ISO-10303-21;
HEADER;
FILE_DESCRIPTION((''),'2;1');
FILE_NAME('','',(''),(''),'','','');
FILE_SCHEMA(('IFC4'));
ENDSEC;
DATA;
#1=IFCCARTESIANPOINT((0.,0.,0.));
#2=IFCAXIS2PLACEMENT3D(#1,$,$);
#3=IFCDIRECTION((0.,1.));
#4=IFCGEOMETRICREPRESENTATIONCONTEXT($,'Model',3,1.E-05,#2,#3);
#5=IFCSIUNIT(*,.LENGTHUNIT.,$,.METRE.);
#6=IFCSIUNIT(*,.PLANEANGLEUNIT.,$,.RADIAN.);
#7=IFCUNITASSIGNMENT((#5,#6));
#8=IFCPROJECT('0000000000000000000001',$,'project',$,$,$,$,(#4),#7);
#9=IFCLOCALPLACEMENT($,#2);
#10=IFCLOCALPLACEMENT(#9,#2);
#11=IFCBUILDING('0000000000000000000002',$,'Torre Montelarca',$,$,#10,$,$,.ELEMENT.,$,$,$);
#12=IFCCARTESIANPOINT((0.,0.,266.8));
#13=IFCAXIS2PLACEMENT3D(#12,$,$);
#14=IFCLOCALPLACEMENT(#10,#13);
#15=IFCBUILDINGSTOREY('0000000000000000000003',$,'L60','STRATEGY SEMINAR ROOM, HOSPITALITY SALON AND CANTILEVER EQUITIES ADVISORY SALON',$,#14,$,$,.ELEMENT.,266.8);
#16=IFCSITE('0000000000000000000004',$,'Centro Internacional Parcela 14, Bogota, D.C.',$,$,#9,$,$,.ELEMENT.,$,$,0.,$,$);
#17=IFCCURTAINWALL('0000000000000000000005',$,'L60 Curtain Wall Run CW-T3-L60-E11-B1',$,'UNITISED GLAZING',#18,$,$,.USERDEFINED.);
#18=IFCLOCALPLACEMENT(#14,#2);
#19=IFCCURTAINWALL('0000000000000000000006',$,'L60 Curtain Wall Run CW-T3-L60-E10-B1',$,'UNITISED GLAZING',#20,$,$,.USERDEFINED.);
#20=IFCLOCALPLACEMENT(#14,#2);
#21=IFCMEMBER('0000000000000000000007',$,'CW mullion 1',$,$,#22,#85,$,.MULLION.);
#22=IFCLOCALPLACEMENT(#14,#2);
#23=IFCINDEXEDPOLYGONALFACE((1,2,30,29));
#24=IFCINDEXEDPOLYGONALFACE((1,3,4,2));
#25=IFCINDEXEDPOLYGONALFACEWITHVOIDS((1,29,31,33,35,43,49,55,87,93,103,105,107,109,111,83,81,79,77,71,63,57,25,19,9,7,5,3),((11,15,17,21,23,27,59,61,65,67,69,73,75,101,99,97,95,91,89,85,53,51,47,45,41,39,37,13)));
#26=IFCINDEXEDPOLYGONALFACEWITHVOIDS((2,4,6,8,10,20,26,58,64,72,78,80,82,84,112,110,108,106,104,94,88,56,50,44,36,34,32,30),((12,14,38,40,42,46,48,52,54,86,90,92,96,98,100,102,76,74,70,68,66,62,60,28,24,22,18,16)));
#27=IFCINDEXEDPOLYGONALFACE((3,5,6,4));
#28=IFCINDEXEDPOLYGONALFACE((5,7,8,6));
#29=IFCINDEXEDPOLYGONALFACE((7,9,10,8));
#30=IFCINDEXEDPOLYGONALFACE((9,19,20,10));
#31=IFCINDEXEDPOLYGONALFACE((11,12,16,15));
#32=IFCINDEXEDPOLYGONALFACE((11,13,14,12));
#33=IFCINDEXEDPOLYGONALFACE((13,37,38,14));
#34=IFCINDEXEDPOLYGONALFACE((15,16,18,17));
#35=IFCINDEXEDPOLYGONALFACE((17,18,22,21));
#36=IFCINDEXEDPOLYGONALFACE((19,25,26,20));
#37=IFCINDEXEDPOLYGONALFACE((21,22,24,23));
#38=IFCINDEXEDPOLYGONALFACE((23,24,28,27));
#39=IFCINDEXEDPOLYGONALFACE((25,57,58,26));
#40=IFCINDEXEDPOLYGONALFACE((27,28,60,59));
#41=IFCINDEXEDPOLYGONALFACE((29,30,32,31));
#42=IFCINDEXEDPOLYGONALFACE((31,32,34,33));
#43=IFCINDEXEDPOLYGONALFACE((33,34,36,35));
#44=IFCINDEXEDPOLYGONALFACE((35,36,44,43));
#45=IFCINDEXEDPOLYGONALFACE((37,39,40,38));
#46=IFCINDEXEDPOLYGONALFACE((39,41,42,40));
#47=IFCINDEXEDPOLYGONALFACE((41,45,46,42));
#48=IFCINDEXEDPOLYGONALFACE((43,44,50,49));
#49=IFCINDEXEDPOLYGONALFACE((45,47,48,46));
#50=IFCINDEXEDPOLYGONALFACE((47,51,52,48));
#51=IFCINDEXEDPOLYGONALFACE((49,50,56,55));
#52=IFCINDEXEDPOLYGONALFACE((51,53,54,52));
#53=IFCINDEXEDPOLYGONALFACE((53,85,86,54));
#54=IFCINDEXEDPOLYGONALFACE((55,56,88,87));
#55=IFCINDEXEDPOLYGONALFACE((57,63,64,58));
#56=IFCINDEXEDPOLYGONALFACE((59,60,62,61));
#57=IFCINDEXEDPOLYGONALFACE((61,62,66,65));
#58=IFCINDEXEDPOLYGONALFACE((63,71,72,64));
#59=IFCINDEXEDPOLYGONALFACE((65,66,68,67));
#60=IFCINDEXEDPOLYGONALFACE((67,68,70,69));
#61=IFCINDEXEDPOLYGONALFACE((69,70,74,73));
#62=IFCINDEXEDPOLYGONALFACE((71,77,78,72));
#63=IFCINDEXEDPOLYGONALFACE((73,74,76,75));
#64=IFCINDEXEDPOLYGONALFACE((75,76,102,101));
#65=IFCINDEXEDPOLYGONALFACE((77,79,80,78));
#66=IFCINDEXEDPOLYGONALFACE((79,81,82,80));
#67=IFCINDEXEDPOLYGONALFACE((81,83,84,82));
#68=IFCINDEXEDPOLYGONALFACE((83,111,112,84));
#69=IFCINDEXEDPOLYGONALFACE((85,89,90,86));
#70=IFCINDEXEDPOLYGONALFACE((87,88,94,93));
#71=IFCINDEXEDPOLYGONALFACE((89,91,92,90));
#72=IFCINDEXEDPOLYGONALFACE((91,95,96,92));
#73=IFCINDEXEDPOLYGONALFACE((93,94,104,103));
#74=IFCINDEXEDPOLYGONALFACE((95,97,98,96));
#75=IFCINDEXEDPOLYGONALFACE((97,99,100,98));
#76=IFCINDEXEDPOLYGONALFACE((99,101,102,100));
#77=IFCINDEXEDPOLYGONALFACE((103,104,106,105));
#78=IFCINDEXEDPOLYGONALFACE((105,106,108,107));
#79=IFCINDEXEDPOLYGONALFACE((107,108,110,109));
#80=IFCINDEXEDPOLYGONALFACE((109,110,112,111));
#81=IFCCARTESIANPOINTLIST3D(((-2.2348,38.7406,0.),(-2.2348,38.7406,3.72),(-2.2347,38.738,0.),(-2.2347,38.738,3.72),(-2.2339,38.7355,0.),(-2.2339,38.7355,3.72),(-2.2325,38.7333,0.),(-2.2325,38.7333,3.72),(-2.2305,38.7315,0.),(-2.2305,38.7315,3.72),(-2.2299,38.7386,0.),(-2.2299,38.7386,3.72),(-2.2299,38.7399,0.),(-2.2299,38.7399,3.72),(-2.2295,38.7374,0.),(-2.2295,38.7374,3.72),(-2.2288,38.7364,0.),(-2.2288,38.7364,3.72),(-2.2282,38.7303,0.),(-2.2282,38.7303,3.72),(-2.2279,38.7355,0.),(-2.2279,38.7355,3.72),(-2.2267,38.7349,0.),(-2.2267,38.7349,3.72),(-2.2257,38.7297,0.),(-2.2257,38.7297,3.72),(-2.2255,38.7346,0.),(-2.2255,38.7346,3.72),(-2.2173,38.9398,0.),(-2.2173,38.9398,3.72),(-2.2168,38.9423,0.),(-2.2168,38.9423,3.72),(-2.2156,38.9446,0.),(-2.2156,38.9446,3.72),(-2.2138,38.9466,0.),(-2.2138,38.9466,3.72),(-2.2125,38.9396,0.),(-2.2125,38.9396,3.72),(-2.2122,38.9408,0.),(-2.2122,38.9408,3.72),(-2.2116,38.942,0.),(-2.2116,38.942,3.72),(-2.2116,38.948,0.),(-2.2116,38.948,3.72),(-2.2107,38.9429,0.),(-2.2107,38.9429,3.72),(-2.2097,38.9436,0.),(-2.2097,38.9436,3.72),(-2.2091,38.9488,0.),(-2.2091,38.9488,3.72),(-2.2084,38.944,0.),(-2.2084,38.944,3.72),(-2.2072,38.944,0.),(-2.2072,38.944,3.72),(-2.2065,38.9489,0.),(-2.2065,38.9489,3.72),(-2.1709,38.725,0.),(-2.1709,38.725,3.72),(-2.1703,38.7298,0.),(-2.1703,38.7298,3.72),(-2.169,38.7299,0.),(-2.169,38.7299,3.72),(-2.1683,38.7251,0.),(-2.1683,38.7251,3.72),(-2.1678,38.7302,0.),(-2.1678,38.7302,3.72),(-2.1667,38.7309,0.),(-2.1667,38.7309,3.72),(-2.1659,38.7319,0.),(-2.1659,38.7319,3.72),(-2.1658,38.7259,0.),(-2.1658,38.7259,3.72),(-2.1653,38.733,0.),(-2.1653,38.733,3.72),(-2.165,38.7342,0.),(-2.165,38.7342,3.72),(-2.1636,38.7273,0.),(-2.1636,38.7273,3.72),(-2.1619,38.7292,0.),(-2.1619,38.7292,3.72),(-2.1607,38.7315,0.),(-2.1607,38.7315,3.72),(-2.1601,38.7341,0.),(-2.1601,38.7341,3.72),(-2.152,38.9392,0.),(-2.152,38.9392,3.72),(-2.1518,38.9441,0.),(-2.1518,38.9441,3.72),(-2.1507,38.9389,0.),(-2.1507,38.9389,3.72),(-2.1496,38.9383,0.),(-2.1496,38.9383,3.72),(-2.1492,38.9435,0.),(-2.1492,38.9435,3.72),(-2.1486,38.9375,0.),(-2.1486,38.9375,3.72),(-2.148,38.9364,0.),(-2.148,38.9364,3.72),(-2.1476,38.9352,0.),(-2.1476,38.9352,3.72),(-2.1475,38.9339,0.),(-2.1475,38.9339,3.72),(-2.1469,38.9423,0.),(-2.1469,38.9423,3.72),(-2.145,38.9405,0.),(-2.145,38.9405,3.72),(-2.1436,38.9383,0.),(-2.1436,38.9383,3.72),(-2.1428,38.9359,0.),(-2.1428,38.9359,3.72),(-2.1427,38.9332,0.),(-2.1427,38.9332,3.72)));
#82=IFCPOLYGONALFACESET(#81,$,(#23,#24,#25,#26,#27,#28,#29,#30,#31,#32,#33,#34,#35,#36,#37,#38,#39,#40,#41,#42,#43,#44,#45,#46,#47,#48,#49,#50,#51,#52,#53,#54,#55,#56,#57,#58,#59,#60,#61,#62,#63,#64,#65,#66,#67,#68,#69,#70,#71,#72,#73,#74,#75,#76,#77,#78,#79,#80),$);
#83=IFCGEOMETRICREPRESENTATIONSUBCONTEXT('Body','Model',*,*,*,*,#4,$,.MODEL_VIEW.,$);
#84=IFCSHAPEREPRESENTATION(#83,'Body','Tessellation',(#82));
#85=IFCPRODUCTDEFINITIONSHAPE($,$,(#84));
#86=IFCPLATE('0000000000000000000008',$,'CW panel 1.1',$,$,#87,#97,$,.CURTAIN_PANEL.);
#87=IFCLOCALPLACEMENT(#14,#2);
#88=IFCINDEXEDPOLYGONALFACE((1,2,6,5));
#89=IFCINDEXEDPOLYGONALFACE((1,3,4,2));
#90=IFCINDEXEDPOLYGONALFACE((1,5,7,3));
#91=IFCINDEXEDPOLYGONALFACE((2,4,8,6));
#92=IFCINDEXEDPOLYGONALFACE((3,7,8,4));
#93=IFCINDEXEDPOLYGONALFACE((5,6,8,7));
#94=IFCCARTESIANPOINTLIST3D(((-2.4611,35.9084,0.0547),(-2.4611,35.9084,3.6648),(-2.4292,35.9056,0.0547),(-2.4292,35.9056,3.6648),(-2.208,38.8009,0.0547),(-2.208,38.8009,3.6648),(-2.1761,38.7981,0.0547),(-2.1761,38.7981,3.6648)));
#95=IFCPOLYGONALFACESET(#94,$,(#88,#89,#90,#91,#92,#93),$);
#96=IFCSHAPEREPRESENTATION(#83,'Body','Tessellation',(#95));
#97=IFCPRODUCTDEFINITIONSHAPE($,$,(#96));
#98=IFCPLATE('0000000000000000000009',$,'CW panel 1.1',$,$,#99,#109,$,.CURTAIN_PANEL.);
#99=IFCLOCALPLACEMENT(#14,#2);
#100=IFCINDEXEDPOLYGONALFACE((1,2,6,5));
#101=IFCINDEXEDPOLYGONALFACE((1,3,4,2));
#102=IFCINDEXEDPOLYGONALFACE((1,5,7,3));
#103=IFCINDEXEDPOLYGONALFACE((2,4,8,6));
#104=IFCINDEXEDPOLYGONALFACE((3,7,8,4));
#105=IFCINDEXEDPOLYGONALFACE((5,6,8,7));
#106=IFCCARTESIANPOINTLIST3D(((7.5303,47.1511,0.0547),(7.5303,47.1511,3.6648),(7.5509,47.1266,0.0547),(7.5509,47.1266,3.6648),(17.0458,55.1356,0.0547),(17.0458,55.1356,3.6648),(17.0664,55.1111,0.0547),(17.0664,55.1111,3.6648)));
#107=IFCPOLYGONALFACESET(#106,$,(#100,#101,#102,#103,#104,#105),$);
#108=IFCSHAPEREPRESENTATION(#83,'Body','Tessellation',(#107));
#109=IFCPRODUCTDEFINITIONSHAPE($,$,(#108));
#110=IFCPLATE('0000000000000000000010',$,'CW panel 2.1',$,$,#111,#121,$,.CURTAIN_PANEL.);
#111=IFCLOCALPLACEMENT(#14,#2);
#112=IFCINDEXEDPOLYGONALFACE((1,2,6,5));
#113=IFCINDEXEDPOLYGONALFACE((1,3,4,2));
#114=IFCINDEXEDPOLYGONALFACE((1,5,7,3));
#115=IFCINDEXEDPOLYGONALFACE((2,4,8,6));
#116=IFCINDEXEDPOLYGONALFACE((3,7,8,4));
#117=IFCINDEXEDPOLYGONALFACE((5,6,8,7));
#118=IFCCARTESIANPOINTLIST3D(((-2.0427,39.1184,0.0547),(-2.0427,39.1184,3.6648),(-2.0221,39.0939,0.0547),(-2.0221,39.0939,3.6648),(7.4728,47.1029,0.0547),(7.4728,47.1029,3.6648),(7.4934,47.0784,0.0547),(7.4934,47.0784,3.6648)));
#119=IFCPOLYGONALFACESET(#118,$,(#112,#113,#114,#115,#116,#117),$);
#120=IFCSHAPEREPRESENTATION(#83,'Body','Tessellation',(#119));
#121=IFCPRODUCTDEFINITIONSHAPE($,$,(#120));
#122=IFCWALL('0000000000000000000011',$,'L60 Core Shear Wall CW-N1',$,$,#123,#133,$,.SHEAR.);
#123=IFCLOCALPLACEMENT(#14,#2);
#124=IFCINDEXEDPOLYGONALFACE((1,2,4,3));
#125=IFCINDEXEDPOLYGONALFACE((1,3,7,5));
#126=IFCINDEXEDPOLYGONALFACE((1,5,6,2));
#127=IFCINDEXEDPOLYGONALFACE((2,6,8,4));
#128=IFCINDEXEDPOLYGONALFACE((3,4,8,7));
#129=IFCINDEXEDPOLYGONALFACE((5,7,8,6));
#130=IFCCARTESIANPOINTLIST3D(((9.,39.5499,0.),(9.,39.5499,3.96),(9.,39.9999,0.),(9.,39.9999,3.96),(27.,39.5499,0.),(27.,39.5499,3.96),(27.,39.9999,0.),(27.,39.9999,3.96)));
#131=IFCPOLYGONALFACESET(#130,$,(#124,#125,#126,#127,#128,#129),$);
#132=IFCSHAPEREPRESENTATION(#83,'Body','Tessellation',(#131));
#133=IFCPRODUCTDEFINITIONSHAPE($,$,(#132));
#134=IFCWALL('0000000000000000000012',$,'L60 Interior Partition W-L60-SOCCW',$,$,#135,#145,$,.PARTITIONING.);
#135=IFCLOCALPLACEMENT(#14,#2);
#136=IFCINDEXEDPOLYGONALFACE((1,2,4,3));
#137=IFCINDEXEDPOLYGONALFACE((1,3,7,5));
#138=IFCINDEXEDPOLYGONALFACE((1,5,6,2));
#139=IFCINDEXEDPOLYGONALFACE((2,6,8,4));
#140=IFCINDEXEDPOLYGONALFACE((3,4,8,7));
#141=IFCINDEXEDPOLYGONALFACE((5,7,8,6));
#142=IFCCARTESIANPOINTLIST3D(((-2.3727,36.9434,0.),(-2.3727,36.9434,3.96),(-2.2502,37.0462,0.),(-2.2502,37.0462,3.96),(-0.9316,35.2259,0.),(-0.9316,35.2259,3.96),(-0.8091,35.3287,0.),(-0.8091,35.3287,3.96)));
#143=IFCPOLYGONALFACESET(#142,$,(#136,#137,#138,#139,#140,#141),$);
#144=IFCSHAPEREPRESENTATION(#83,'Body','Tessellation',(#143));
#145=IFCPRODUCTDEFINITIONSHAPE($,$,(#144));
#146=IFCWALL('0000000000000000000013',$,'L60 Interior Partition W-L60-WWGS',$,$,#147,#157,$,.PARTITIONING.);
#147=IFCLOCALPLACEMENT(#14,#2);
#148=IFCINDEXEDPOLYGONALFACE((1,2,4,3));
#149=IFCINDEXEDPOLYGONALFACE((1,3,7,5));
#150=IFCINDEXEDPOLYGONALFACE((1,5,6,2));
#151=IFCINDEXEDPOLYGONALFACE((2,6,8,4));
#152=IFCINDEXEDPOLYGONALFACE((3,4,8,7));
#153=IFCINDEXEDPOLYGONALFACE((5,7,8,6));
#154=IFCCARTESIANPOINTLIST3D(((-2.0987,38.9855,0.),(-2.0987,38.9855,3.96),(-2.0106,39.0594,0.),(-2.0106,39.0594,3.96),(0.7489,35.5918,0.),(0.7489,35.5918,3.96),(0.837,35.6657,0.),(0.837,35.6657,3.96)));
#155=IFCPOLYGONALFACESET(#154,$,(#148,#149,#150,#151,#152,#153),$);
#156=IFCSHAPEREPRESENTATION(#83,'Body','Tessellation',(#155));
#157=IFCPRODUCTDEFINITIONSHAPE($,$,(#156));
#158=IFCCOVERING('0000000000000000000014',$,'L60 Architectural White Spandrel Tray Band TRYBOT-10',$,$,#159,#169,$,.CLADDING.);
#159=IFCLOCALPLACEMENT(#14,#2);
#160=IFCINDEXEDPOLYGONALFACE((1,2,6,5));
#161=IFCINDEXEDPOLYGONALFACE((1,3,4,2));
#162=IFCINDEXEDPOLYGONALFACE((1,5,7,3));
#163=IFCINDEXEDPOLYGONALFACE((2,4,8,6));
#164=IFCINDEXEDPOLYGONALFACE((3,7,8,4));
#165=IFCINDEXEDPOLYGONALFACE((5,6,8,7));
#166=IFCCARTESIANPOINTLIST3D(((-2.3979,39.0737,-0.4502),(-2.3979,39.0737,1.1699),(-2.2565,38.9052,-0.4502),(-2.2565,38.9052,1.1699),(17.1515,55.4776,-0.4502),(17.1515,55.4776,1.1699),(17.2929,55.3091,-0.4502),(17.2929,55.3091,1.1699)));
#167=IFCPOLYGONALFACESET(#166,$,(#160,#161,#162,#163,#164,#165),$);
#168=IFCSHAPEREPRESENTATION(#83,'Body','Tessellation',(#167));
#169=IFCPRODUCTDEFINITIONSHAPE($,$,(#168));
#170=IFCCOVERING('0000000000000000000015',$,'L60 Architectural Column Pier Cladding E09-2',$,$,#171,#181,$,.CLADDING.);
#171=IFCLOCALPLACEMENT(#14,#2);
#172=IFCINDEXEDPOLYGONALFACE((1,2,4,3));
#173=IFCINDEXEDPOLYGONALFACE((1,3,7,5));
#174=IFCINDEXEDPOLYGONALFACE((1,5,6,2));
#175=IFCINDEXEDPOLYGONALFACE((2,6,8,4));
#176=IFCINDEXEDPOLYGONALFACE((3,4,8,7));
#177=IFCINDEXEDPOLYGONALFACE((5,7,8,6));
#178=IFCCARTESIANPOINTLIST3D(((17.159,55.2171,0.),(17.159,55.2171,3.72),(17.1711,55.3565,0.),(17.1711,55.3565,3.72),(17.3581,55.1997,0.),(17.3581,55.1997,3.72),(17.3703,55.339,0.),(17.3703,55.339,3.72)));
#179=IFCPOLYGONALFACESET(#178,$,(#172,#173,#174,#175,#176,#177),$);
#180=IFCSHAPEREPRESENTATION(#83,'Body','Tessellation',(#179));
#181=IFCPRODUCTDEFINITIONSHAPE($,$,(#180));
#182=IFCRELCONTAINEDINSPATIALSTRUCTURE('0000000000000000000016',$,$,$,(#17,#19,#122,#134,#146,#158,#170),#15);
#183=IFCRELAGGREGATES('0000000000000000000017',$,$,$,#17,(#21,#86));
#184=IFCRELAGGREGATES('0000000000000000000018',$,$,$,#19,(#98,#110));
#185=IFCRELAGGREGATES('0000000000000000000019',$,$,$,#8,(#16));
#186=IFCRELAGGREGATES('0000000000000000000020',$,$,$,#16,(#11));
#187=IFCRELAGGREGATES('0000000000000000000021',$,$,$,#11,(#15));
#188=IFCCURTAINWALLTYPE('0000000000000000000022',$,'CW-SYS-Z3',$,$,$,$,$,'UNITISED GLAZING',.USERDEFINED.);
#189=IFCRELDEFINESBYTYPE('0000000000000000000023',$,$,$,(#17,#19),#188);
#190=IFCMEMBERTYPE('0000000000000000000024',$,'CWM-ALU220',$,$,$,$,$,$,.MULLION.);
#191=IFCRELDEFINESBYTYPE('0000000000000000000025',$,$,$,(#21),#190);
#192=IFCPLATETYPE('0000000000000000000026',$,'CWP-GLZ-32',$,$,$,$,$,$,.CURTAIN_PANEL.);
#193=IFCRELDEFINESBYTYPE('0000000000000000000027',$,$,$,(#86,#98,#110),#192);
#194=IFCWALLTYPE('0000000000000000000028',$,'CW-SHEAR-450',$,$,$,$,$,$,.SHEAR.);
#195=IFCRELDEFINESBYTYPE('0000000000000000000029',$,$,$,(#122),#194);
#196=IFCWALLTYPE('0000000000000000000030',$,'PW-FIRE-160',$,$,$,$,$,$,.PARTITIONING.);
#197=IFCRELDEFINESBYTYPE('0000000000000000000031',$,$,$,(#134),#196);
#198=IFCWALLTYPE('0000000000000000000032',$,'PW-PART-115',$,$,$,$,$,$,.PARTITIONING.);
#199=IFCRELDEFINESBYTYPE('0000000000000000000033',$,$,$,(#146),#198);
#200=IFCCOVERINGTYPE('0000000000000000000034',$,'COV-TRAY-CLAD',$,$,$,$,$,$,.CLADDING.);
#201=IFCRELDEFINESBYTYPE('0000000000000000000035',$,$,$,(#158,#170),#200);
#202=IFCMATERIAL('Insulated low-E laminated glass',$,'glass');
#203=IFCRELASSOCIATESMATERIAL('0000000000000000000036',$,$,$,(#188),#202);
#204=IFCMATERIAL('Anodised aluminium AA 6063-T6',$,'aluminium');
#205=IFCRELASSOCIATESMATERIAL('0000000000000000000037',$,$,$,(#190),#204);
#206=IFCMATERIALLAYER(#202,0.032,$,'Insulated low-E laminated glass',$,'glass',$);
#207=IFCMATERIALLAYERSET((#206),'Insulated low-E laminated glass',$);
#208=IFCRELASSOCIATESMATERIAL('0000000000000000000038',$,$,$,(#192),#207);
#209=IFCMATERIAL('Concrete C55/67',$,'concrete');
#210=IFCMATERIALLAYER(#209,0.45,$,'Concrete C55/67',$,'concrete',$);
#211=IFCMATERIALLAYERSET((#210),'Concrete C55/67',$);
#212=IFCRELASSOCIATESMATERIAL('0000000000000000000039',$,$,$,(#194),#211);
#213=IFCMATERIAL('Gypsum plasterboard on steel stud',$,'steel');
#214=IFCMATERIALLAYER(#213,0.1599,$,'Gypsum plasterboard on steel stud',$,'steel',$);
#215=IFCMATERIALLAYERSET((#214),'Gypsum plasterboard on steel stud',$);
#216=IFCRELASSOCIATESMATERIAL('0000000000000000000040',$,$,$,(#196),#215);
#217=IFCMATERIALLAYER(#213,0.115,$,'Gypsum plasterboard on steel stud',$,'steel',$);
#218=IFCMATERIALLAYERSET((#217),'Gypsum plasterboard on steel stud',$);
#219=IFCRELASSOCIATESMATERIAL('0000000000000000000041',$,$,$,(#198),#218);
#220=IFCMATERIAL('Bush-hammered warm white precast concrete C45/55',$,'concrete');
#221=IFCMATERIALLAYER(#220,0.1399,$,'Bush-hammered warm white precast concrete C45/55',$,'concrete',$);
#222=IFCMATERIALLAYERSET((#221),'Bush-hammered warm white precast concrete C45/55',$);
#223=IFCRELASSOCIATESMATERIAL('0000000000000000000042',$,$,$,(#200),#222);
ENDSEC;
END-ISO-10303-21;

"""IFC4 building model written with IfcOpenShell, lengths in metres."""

from ifc_helpers import new_model, si_unit, direction, frame, frame_2d, origin, origin_2d, place, context, subcontext, project, spatial, rectangle, hollow_rectangle, extrude, source, transform, mapped, material, layer, layer_set, material_profile, profile_set, type_object, element, aggregate, save


model = new_model("IFC4")

# Units and contexts
model_context = context("Model", 3, precision=1e-05, world=origin(), true_north=direction((0.0, 1.0)))
body_context = subcontext(model_context, "Body", "Model", "MODEL_VIEW")
ifc_project = project(units=[si_unit("LENGTHUNIT", "METRE"), si_unit("PLANEANGLEUNIT", "RADIAN")], contexts=[model_context])

# Site, building, storey
site_placement = place(None, origin())
site = spatial("IfcSite", under=ifc_project, at=site_placement, Name="Centro Internacional Parcela 14, Bogota, D.C.", CompositionType="ELEMENT", RefElevation=0.0)
building_placement = place(site_placement, origin())
building = spatial("IfcBuilding", under=site, at=building_placement, Name="Torre Montelarca", CompositionType="ELEMENT")
storey_placement = place(building_placement, frame((0.0, 0.0, 266.8)))
storey = spatial("IfcBuildingStorey", under=building, at=storey_placement, Name="L60", Description="STRATEGY SEMINAR ROOM, HOSPITALITY SALON AND CANTILEVER EQUITIES ADVISORY SALON", CompositionType="ELEMENT", Elevation=266.8)

# Shared definitions
ifc_material_1 = material(Name="Concrete C55/67", Category="concrete")

# Curtain walls
ifc_material_2 = material(Name="Insulated low-E laminated glass", Category="glass")
curtain_wall_type = type_object("IfcCurtainWallType", Name="CW-SYS-Z3", ElementType="UNITISED GLAZING", PredefinedType="USERDEFINED", material=ifc_material_2)
curtain_wall_1_placement = place(storey_placement, origin())
curtain_wall_1 = element("IfcCurtainWall", 1, at=curtain_wall_1_placement, inside=storey, type_object=curtain_wall_type, Name="L60 Curtain Wall Run CW-T3-L60-E11-B1", ObjectType="UNITISED GLAZING", PredefinedType="USERDEFINED")
ifc_material_3 = material(Name="Anodised aluminium AA 6063-T6", Category="aluminium")
curtain_wall_2_placement = place(storey_placement, origin())
curtain_wall_2 = element("IfcCurtainWall", 2, at=curtain_wall_2_placement, inside=storey, type_object=curtain_wall_type, Name="L60 Curtain Wall Run CW-T3-L60-E10-B1", ObjectType="UNITISED GLAZING", PredefinedType="USERDEFINED")
ifc_material_profile_1 = material_profile(ifc_material_3, hollow_rectangle(XDim=0.075, YDim=0.22, WallThickness=0.0049, InnerFilletRadius=0.0049, OuterFilletRadius=0.01, at=origin_2d()), Name="ALU75X220X5", Category="aluminium")
ifc_profile_set_1 = profile_set([ifc_material_profile_1], Name="Anodised aluminium AA 6063-T6")
member_type_1 = type_object("IfcMemberType", Name="CWM-ALU220", PredefinedType="MULLION", material=ifc_profile_set_1)
shared_shape_1 = source(origin(), body_context, "Body", "SweptSolid", [
    extrude(hollow_rectangle(XDim=0.075, YDim=0.22, WallThickness=0.0049, InnerFilletRadius=0.0049, OuterFilletRadius=0.01, at=origin_2d()), origin(), (0.0, 0.0, 1.0), 3.72),
])

# Member
member_1_placement = place(storey_placement, frame((-2.1887, 38.8369, 0.0), z_axis=(0.0, 0.0, 1.0), x_axis=(0.996192, -0.087183, 0.0)))
member_1 = element("IfcMember", 3, at=member_1_placement, type_object=member_type_1, Name="CW mullion 1", PredefinedType="MULLION", context=body_context, shape_type="MappedRepresentation", body=[
    mapped(shared_shape_1, transform((0.0, 0.0, 0.0), scale=1.0)),
])

# Plates
ifc_layer_1 = layer(ifc_material_2, 0.032, Name="Insulated low-E laminated glass", Category="glass")
ifc_layer_set_1 = layer_set([ifc_layer_1], Name="Insulated low-E laminated glass")
plate_type = type_object("IfcPlateType", Name="CWP-GLZ-32", PredefinedType="CURTAIN_PANEL", material=ifc_layer_set_1)
shared_shape_2 = source(origin(), body_context, "Body", "SweptSolid", [
    extrude(rectangle(XDim=2.9036, YDim=0.032, at=origin_2d()), origin(), (0.0, 0.0, 1.0), 3.6101),
])
plate_1_placement = place(storey_placement, frame((-2.3186, 37.3533, 0.0547), z_axis=(0.0, 0.0, 1.0), x_axis=(-0.087183, -0.996192, 0.0)))
plate_1 = element("IfcPlate", 4, at=plate_1_placement, type_object=plate_type, Name="CW panel 1.1", PredefinedType="CURTAIN_PANEL", context=body_context, shape_type="MappedRepresentation", body=[
    mapped(shared_shape_2, transform((0.0, 0.0, 0.0), scale=1.0)),
])
aggregate(curtain_wall_1, [member_1, plate_1])
shared_shape_3 = source(origin(), body_context, "Body", "SweptSolid", [
    extrude(rectangle(XDim=12.4216, YDim=0.032, at=origin_2d()), origin(), (0.0, 0.0, 1.0), 3.6101),
])
plate_2_placement = place(storey_placement, frame((12.2983, 51.1311, 0.0547), z_axis=(0.0, 0.0, 1.0), x_axis=(-0.766044, -0.642788, 0.0)))
plate_2 = element("IfcPlate", 5, at=plate_2_placement, type_object=plate_type, Name="CW panel 1.1", PredefinedType="CURTAIN_PANEL", context=body_context, shape_type="MappedRepresentation", body=[
    mapped(shared_shape_3, transform((0.0, 0.0, 0.0), scale=1.0)),
])
plate_3_placement = place(storey_placement, frame((2.7253, 43.0984, 0.0547), z_axis=(0.0, 0.0, 1.0), x_axis=(-0.766044, -0.642788, 0.0)))
plate_3 = element("IfcPlate", 6, at=plate_3_placement, type_object=plate_type, Name="CW panel 2.1", PredefinedType="CURTAIN_PANEL", context=body_context, shape_type="MappedRepresentation", body=[
    mapped(shared_shape_3, transform((0.0, 0.0, 0.0), scale=1.0)),
])
aggregate(curtain_wall_2, [plate_2, plate_3])

# Walls
ifc_layer_2 = layer(ifc_material_1, 0.45, Name="Concrete C55/67", Category="concrete")
ifc_layer_set_2 = layer_set([ifc_layer_2], Name="Concrete C55/67")
wall_type_1 = type_object("IfcWallType", Name="CW-SHEAR-450", PredefinedType="SHEAR", material=ifc_layer_set_2)
wall_1_placement = place(storey_placement, frame((9.0, 39.7749, 0.0), z_axis=(0.0, 0.0, 1.0), x_axis=(1.0, 0.0, 0.0)))
element("IfcWall", 7, at=wall_1_placement, inside=storey, type_object=wall_type_1, Name="L60 Core Shear Wall CW-N1", PredefinedType="SHEAR", context=body_context, shape_type="SweptSolid", body=[
    extrude(rectangle(XDim=18.0, YDim=0.45, at=frame_2d((9.0, 0.0))), origin(), (0.0, 0.0, 1.0), 3.96),
])
ifc_material_4 = material(Name="Gypsum plasterboard on steel stud", Category="steel")
ifc_layer_3 = layer(ifc_material_4, 0.1599, Name="Gypsum plasterboard on steel stud", Category="steel")
ifc_layer_set_3 = layer_set([ifc_layer_3], Name="Gypsum plasterboard on steel stud")
wall_type_2 = type_object("IfcWallType", Name="PW-FIRE-160", PredefinedType="PARTITIONING", material=ifc_layer_set_3)
wall_2_placement = place(storey_placement, frame((-2.3115, 36.9949, 0.0), z_axis=(0.0, 0.0, 1.0), x_axis=(0.642783, -0.766048, 0.0)))
element("IfcWall", 8, at=wall_2_placement, inside=storey, type_object=wall_type_2, Name="L60 Interior Partition W-L60-SOCCW", PredefinedType="PARTITIONING", context=body_context, shape_type="SweptSolid", body=[
    extrude(rectangle(XDim=2.2419, YDim=0.1599, at=frame_2d((1.1211, 0.0))), origin(), (0.0, 0.0, 1.0), 3.96),
])
ifc_layer_4 = layer(ifc_material_4, 0.115, Name="Gypsum plasterboard on steel stud", Category="steel")
ifc_layer_set_4 = layer_set([ifc_layer_4], Name="Gypsum plasterboard on steel stud")
wall_type_3 = type_object("IfcWallType", Name="PW-PART-115", PredefinedType="PARTITIONING", material=ifc_layer_set_4)
wall_3_placement = place(storey_placement, frame((-2.0547, 39.0225, 0.0), z_axis=(0.0, 0.0, 1.0), x_axis=(0.642777, -0.766053, 0.0)))
element("IfcWall", 9, at=wall_3_placement, inside=storey, type_object=wall_type_3, Name="L60 Interior Partition W-L60-WWGS", PredefinedType="PARTITIONING", context=body_context, shape_type="SweptSolid", body=[
    extrude(rectangle(XDim=4.4302, YDim=0.115, at=frame_2d((2.2151, 0.0))), origin(), (0.0, 0.0, 1.0), 3.96),
])

# Coverings
ifc_material_5 = material(Name="Bush-hammered warm white precast concrete C45/55", Category="concrete")
ifc_layer_5 = layer(ifc_material_5, 0.1399, Name="Bush-hammered warm white precast concrete C45/55", Category="concrete")
ifc_layer_set_5 = layer_set([ifc_layer_5], Name="Bush-hammered warm white precast concrete C45/55")
covering_type = type_object("IfcCoveringType", Name="COV-TRAY-CLAD", PredefinedType="CLADDING", material=ifc_layer_set_5)
shared_shape_4 = source(origin(), body_context, "Body", "SweptSolid", [
    extrude(rectangle(XDim=25.52, YDim=0.22, at=origin_2d()), origin(), (0.0, 0.0, 1.0), 1.6201),
])
covering_placement = place(storey_placement, frame((7.4475, 47.1914, -0.4502), z_axis=(0.0, 0.0, 1.0), x_axis=(-0.766044, -0.642788, 0.0)))
element("IfcCovering", 10, at=covering_placement, inside=storey, type_object=covering_type, Name="L60 Architectural White Spandrel Tray Band TRYBOT-10", PredefinedType="CLADDING", context=body_context, shape_type="MappedRepresentation", body=[
    mapped(shared_shape_4, transform((0.0, 0.0, 0.0), scale=1.0)),
])
shared_shape_5 = source(origin(), body_context, "Body", "SweptSolid", [
    extrude(rectangle(XDim=0.2, YDim=0.1399, at=origin_2d()), origin(), (0.0, 0.0, 1.0), 3.72),
])
for number, where, z_axis, x_axis, name in (
    (11, (17.2646, 55.2781, 0.0), (0.0, 0.0, 1.0), (-0.996194, 0.087159, 0.0), "L60 Architectural Column Pier Cladding E09-2"),
):
    element("IfcCovering", number, at=place(storey_placement, frame(where, z_axis=z_axis, x_axis=x_axis)), inside=storey, type_object=covering_type, Name=name, PredefinedType="CLADDING", context=body_context, shape_type="MappedRepresentation", body=[
        mapped(shared_shape_5, transform((0.0, 0.0, 0.0), scale=1.0)),
    ])

save(model, "model.ifc")
